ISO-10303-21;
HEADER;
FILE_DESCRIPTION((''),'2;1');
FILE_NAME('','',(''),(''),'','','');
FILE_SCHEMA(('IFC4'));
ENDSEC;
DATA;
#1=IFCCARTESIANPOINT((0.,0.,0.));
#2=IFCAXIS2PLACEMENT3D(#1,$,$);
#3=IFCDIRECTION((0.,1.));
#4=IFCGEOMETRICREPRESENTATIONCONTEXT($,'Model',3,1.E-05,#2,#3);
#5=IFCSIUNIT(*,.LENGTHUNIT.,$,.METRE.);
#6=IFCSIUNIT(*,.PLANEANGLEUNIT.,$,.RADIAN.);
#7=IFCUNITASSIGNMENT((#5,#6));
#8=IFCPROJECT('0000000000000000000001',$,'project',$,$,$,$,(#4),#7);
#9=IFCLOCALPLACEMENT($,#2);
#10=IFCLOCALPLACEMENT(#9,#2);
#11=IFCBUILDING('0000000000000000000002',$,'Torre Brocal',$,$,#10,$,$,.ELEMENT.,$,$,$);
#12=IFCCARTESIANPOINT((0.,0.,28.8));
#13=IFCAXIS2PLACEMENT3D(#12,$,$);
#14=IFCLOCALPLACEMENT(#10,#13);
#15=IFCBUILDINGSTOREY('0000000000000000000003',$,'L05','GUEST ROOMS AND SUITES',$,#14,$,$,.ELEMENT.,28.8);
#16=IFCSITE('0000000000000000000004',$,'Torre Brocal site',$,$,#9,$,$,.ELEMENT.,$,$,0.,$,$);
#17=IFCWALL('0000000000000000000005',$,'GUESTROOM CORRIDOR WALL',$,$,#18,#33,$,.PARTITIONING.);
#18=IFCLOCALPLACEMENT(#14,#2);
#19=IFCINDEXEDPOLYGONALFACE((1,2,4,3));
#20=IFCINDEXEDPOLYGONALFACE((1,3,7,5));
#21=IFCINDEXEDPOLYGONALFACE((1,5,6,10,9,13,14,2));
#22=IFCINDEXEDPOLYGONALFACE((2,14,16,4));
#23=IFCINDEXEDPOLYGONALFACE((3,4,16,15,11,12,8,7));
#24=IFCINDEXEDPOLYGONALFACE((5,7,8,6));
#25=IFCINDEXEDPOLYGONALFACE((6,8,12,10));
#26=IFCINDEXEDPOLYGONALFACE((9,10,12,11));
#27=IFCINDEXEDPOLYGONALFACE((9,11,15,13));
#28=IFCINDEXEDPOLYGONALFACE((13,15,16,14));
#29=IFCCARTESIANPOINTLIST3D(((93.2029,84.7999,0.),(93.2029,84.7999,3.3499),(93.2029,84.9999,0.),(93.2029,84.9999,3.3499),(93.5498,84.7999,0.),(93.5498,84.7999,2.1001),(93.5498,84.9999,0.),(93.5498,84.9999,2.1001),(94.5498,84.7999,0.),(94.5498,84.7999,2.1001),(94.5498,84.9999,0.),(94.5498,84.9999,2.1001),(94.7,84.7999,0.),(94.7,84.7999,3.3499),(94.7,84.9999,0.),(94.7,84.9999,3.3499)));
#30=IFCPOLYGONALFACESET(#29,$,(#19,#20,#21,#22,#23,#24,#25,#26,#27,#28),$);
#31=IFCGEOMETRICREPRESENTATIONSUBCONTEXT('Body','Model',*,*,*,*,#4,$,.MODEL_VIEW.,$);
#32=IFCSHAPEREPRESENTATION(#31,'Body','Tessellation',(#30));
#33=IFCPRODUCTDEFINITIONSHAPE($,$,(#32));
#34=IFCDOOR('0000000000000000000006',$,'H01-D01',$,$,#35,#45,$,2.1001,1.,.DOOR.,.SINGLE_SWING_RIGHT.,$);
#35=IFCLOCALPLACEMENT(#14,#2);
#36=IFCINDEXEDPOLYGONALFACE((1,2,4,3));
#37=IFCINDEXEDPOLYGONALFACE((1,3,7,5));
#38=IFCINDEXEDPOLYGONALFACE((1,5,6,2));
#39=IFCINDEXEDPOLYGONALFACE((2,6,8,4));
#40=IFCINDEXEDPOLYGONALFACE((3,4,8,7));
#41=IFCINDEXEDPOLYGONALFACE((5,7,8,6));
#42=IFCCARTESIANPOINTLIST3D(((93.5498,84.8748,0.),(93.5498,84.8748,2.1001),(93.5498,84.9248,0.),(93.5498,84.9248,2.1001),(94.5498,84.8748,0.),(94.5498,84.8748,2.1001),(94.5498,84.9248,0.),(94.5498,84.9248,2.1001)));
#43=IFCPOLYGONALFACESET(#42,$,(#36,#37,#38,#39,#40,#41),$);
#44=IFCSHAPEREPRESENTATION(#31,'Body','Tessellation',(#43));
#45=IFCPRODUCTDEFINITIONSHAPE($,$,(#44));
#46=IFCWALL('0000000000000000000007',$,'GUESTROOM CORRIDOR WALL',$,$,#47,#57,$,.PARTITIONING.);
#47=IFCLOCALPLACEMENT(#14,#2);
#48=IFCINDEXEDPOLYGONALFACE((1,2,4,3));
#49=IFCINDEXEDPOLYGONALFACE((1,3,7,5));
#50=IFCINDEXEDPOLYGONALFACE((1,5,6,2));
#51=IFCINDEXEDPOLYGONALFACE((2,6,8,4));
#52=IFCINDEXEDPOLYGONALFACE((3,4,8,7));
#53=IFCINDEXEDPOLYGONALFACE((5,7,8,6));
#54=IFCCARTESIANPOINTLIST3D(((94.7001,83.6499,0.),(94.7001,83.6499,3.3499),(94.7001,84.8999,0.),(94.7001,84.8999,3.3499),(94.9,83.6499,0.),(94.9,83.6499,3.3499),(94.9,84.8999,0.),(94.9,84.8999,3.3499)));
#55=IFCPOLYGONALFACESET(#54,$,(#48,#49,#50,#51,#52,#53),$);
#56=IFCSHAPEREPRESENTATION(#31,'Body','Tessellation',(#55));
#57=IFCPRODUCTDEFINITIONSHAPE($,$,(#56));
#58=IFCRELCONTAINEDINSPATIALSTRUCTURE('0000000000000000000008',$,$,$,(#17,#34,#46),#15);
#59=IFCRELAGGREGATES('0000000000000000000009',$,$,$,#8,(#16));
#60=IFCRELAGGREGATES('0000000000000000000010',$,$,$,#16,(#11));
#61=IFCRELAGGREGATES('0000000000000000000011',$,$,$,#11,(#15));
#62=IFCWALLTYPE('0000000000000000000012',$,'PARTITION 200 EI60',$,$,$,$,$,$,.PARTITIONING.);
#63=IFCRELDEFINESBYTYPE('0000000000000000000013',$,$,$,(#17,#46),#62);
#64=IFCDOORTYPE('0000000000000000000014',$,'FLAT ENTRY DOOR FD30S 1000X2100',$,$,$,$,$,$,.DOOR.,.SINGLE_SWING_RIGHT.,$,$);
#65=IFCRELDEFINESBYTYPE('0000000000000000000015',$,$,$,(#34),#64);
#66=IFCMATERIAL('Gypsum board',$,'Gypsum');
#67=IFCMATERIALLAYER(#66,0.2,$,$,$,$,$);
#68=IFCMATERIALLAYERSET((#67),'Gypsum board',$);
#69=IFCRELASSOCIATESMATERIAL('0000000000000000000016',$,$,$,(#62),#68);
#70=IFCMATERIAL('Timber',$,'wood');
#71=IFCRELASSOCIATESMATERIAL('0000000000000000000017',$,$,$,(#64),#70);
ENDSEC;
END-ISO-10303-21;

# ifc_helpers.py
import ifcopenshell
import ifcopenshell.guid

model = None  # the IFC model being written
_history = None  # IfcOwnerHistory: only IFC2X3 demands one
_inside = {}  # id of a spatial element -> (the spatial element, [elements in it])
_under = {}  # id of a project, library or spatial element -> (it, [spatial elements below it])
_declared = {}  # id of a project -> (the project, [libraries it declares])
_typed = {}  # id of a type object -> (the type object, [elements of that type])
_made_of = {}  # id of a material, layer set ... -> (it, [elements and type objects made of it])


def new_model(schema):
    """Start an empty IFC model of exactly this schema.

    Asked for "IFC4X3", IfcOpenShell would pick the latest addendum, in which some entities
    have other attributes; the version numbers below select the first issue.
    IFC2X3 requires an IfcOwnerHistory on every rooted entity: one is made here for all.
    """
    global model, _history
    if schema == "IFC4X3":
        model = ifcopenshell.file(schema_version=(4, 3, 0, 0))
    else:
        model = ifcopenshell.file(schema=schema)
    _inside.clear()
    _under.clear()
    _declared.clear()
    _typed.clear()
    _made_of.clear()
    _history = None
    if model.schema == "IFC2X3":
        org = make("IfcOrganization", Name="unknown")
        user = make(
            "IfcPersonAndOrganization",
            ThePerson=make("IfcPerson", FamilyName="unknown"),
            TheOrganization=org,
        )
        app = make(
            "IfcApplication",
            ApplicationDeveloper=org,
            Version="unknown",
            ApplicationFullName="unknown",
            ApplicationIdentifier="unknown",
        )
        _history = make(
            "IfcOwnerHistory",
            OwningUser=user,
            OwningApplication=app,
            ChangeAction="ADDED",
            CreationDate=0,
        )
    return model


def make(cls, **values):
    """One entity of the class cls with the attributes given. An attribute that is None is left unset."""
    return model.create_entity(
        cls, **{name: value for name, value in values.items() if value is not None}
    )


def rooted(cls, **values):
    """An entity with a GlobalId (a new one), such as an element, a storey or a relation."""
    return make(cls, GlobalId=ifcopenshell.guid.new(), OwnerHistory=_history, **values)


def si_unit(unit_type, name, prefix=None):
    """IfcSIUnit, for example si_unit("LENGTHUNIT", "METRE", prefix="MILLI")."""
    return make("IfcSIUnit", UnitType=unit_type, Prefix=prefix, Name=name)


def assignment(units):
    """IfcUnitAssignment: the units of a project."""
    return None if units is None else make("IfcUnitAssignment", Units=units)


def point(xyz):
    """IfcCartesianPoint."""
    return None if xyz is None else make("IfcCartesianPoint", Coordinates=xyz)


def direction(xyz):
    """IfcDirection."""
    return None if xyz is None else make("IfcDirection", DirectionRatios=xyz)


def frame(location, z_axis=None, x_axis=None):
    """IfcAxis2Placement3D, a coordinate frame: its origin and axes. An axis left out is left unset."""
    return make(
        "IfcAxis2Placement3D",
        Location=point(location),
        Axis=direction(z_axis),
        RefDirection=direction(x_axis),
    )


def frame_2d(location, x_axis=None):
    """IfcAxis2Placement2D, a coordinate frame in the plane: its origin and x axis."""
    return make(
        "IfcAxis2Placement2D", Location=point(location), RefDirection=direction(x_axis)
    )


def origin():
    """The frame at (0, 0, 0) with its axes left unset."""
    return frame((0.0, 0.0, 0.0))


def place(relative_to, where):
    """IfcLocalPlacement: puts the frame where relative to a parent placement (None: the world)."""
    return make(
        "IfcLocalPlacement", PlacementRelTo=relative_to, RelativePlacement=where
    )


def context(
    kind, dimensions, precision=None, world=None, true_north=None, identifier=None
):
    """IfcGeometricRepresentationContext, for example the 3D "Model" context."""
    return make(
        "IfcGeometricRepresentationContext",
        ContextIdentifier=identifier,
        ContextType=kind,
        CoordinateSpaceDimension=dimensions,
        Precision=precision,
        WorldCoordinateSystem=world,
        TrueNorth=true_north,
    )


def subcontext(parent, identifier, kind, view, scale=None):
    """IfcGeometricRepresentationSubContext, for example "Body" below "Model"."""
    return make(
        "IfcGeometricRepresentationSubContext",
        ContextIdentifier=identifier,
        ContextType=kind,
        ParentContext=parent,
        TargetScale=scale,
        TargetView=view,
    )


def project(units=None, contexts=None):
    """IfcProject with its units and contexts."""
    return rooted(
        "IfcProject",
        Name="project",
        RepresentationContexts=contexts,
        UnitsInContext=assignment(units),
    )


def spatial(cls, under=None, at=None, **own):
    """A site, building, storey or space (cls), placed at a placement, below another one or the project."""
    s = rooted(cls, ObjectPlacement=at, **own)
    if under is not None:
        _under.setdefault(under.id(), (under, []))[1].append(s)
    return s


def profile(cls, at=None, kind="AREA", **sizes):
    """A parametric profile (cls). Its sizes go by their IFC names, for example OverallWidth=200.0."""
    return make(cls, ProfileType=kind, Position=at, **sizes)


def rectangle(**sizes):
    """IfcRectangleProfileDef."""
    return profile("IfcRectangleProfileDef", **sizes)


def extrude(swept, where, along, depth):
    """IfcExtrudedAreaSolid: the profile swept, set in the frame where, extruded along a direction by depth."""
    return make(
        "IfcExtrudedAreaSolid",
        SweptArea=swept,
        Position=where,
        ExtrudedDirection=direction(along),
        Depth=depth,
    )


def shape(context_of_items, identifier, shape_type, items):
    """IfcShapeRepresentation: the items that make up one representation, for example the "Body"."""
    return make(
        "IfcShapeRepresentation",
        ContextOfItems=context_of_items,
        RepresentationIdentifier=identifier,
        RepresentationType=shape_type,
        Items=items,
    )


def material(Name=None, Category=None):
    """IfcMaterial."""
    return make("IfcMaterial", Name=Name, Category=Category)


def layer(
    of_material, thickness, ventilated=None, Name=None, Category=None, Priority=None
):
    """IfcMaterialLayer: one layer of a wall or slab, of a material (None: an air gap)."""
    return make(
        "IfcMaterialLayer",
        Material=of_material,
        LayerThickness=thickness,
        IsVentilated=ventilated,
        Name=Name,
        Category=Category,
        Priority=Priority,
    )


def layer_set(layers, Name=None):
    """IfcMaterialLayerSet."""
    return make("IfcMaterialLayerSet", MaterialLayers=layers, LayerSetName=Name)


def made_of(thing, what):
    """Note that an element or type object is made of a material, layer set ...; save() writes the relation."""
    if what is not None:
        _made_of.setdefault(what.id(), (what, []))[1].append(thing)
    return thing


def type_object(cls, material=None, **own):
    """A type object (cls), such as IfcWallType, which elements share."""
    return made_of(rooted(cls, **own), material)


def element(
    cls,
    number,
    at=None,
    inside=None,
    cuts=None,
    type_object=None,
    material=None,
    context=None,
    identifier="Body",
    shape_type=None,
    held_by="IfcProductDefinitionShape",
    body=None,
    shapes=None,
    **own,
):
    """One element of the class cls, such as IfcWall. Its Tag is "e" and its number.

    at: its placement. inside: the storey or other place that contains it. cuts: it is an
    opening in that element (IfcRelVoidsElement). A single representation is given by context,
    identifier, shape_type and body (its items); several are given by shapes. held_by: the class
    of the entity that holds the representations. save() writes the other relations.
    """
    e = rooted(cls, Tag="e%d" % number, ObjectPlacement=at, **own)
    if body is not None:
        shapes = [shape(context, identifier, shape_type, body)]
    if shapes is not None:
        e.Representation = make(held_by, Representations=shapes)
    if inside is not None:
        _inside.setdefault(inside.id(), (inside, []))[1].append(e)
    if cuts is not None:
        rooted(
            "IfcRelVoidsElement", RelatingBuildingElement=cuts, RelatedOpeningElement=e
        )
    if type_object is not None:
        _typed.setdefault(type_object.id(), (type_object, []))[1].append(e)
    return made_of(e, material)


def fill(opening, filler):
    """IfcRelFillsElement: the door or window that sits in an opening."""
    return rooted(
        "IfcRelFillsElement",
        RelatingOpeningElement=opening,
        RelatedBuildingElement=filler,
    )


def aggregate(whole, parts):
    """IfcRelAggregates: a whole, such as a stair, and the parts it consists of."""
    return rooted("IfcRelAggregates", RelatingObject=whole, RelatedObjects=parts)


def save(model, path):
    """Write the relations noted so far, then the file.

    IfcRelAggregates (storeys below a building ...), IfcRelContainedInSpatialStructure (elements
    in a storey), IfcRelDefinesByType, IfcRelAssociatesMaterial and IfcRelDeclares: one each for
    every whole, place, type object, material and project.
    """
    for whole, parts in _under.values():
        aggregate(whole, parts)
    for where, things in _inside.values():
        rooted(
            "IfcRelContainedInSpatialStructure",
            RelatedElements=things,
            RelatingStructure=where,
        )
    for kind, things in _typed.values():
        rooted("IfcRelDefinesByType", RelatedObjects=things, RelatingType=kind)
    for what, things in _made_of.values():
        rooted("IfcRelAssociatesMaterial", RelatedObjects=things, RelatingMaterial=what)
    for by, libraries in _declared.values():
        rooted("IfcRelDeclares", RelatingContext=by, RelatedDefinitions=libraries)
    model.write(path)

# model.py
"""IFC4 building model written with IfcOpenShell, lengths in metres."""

from ifc_helpers import new_model, si_unit, direction, frame, frame_2d, origin, place, context, subcontext, project, spatial, rectangle, extrude, material, layer, layer_set, type_object, element, fill, save


model = new_model("IFC4")

# Units and contexts
model_context = context("Model", 3, precision=1e-05, world=origin(), true_north=direction((0.0, 1.0)))
body_context = subcontext(model_context, "Body", "Model", "MODEL_VIEW")
ifc_project = project(units=[si_unit("LENGTHUNIT", "METRE"), si_unit("PLANEANGLEUNIT", "RADIAN")], contexts=[model_context])

# Site, building, storey
site_placement = place(None, origin())
site = spatial("IfcSite", under=ifc_project, at=site_placement, Name="Torre Brocal site", CompositionType="ELEMENT", RefElevation=0.0)
building_placement = place(site_placement, origin())
building = spatial("IfcBuilding", under=site, at=building_placement, Name="Torre Brocal", CompositionType="ELEMENT")
storey_placement = place(building_placement, frame((0.0, 0.0, 28.8)))
storey = spatial("IfcBuildingStorey", under=building, at=storey_placement, Name="L05", Description="GUEST ROOMS AND SUITES", CompositionType="ELEMENT", Elevation=28.8)

# Wall, opening, door
ifc_material_1 = material(Name="Gypsum board", Category="Gypsum")
ifc_layer_1 = layer(ifc_material_1, 0.2)
ifc_layer_set_1 = layer_set([ifc_layer_1], Name="Gypsum board")
wall_type_1 = type_object("IfcWallType", Name="PARTITION 200 EI60", PredefinedType="PARTITIONING", material=ifc_layer_set_1)
wall_1_placement = place(storey_placement, frame((93.2029, 84.8999, 0.0), z_axis=(0.0, 0.0, 1.0), x_axis=(1.0, 0.0, 0.0)))
wall_1 = element("IfcWall", 1, at=wall_1_placement, inside=storey, type_object=wall_type_1, Name="GUESTROOM CORRIDOR WALL", PredefinedType="PARTITIONING", context=body_context, shape_type="SweptSolid", body=[
    extrude(rectangle(XDim=1.4971, YDim=0.2, at=frame_2d((0.7485, 0.0))), origin(), (0.0, 0.0, 1.0), 3.3499),
])
opening_1_placement = place(wall_1_placement, frame((0.3469, 0.0, 0.0)))
opening_1 = element("IfcOpeningElement", 2, at=opening_1_placement, cuts=wall_1, PredefinedType="OPENING", context=body_context, shape_type="SweptSolid", body=[
    extrude(rectangle(XDim=1.0, YDim=2.1001, at=frame_2d((0.5, 1.05))), frame((0.0, 0.1099, 0.0), z_axis=(0.0, -1.0, 0.0), x_axis=(1.0, 0.0, 0.0)), (0.0, 0.0, 1.0), 0.22),
])
ifc_material_2 = material(Name="Timber", Category="wood")
door_type_1 = type_object("IfcDoorType", Name="FLAT ENTRY DOOR FD30S 1000X2100", OperationType="SINGLE_SWING_RIGHT", PredefinedType="DOOR", material=ifc_material_2)
door_1_placement = place(opening_1_placement, origin())
door_1 = element("IfcDoor", 3, at=door_1_placement, inside=storey, type_object=door_type_1, Name="H01-D01", OperationType="SINGLE_SWING_RIGHT", OverallHeight=2.1001, OverallWidth=1.0, PredefinedType="DOOR", context=body_context, shape_type="SweptSolid", body=[
    extrude(rectangle(XDim=1.0, YDim=2.1001, at=frame_2d((0.5, 1.05))), frame((0.0, 0.0249, 0.0), z_axis=(0.0, -1.0, 0.0), x_axis=(1.0, 0.0, 0.0)), (0.0, 0.0, 1.0), 0.05),
])
fill(opening_1, door_1)

# Wall
wall_2_placement = place(storey_placement, frame((94.8, 83.6499, 0.0), z_axis=(0.0, 0.0, 1.0), x_axis=(0.0, 1.0, 0.0)))
element("IfcWall", 4, at=wall_2_placement, inside=storey, type_object=wall_type_1, Name="GUESTROOM CORRIDOR WALL", PredefinedType="PARTITIONING", context=body_context, shape_type="SweptSolid", body=[
    extrude(rectangle(XDim=1.25, YDim=0.2, at=frame_2d((0.625, 0.0))), origin(), (0.0, 0.0, 1.0), 3.3499),
])

save(model, "model.ifc")
